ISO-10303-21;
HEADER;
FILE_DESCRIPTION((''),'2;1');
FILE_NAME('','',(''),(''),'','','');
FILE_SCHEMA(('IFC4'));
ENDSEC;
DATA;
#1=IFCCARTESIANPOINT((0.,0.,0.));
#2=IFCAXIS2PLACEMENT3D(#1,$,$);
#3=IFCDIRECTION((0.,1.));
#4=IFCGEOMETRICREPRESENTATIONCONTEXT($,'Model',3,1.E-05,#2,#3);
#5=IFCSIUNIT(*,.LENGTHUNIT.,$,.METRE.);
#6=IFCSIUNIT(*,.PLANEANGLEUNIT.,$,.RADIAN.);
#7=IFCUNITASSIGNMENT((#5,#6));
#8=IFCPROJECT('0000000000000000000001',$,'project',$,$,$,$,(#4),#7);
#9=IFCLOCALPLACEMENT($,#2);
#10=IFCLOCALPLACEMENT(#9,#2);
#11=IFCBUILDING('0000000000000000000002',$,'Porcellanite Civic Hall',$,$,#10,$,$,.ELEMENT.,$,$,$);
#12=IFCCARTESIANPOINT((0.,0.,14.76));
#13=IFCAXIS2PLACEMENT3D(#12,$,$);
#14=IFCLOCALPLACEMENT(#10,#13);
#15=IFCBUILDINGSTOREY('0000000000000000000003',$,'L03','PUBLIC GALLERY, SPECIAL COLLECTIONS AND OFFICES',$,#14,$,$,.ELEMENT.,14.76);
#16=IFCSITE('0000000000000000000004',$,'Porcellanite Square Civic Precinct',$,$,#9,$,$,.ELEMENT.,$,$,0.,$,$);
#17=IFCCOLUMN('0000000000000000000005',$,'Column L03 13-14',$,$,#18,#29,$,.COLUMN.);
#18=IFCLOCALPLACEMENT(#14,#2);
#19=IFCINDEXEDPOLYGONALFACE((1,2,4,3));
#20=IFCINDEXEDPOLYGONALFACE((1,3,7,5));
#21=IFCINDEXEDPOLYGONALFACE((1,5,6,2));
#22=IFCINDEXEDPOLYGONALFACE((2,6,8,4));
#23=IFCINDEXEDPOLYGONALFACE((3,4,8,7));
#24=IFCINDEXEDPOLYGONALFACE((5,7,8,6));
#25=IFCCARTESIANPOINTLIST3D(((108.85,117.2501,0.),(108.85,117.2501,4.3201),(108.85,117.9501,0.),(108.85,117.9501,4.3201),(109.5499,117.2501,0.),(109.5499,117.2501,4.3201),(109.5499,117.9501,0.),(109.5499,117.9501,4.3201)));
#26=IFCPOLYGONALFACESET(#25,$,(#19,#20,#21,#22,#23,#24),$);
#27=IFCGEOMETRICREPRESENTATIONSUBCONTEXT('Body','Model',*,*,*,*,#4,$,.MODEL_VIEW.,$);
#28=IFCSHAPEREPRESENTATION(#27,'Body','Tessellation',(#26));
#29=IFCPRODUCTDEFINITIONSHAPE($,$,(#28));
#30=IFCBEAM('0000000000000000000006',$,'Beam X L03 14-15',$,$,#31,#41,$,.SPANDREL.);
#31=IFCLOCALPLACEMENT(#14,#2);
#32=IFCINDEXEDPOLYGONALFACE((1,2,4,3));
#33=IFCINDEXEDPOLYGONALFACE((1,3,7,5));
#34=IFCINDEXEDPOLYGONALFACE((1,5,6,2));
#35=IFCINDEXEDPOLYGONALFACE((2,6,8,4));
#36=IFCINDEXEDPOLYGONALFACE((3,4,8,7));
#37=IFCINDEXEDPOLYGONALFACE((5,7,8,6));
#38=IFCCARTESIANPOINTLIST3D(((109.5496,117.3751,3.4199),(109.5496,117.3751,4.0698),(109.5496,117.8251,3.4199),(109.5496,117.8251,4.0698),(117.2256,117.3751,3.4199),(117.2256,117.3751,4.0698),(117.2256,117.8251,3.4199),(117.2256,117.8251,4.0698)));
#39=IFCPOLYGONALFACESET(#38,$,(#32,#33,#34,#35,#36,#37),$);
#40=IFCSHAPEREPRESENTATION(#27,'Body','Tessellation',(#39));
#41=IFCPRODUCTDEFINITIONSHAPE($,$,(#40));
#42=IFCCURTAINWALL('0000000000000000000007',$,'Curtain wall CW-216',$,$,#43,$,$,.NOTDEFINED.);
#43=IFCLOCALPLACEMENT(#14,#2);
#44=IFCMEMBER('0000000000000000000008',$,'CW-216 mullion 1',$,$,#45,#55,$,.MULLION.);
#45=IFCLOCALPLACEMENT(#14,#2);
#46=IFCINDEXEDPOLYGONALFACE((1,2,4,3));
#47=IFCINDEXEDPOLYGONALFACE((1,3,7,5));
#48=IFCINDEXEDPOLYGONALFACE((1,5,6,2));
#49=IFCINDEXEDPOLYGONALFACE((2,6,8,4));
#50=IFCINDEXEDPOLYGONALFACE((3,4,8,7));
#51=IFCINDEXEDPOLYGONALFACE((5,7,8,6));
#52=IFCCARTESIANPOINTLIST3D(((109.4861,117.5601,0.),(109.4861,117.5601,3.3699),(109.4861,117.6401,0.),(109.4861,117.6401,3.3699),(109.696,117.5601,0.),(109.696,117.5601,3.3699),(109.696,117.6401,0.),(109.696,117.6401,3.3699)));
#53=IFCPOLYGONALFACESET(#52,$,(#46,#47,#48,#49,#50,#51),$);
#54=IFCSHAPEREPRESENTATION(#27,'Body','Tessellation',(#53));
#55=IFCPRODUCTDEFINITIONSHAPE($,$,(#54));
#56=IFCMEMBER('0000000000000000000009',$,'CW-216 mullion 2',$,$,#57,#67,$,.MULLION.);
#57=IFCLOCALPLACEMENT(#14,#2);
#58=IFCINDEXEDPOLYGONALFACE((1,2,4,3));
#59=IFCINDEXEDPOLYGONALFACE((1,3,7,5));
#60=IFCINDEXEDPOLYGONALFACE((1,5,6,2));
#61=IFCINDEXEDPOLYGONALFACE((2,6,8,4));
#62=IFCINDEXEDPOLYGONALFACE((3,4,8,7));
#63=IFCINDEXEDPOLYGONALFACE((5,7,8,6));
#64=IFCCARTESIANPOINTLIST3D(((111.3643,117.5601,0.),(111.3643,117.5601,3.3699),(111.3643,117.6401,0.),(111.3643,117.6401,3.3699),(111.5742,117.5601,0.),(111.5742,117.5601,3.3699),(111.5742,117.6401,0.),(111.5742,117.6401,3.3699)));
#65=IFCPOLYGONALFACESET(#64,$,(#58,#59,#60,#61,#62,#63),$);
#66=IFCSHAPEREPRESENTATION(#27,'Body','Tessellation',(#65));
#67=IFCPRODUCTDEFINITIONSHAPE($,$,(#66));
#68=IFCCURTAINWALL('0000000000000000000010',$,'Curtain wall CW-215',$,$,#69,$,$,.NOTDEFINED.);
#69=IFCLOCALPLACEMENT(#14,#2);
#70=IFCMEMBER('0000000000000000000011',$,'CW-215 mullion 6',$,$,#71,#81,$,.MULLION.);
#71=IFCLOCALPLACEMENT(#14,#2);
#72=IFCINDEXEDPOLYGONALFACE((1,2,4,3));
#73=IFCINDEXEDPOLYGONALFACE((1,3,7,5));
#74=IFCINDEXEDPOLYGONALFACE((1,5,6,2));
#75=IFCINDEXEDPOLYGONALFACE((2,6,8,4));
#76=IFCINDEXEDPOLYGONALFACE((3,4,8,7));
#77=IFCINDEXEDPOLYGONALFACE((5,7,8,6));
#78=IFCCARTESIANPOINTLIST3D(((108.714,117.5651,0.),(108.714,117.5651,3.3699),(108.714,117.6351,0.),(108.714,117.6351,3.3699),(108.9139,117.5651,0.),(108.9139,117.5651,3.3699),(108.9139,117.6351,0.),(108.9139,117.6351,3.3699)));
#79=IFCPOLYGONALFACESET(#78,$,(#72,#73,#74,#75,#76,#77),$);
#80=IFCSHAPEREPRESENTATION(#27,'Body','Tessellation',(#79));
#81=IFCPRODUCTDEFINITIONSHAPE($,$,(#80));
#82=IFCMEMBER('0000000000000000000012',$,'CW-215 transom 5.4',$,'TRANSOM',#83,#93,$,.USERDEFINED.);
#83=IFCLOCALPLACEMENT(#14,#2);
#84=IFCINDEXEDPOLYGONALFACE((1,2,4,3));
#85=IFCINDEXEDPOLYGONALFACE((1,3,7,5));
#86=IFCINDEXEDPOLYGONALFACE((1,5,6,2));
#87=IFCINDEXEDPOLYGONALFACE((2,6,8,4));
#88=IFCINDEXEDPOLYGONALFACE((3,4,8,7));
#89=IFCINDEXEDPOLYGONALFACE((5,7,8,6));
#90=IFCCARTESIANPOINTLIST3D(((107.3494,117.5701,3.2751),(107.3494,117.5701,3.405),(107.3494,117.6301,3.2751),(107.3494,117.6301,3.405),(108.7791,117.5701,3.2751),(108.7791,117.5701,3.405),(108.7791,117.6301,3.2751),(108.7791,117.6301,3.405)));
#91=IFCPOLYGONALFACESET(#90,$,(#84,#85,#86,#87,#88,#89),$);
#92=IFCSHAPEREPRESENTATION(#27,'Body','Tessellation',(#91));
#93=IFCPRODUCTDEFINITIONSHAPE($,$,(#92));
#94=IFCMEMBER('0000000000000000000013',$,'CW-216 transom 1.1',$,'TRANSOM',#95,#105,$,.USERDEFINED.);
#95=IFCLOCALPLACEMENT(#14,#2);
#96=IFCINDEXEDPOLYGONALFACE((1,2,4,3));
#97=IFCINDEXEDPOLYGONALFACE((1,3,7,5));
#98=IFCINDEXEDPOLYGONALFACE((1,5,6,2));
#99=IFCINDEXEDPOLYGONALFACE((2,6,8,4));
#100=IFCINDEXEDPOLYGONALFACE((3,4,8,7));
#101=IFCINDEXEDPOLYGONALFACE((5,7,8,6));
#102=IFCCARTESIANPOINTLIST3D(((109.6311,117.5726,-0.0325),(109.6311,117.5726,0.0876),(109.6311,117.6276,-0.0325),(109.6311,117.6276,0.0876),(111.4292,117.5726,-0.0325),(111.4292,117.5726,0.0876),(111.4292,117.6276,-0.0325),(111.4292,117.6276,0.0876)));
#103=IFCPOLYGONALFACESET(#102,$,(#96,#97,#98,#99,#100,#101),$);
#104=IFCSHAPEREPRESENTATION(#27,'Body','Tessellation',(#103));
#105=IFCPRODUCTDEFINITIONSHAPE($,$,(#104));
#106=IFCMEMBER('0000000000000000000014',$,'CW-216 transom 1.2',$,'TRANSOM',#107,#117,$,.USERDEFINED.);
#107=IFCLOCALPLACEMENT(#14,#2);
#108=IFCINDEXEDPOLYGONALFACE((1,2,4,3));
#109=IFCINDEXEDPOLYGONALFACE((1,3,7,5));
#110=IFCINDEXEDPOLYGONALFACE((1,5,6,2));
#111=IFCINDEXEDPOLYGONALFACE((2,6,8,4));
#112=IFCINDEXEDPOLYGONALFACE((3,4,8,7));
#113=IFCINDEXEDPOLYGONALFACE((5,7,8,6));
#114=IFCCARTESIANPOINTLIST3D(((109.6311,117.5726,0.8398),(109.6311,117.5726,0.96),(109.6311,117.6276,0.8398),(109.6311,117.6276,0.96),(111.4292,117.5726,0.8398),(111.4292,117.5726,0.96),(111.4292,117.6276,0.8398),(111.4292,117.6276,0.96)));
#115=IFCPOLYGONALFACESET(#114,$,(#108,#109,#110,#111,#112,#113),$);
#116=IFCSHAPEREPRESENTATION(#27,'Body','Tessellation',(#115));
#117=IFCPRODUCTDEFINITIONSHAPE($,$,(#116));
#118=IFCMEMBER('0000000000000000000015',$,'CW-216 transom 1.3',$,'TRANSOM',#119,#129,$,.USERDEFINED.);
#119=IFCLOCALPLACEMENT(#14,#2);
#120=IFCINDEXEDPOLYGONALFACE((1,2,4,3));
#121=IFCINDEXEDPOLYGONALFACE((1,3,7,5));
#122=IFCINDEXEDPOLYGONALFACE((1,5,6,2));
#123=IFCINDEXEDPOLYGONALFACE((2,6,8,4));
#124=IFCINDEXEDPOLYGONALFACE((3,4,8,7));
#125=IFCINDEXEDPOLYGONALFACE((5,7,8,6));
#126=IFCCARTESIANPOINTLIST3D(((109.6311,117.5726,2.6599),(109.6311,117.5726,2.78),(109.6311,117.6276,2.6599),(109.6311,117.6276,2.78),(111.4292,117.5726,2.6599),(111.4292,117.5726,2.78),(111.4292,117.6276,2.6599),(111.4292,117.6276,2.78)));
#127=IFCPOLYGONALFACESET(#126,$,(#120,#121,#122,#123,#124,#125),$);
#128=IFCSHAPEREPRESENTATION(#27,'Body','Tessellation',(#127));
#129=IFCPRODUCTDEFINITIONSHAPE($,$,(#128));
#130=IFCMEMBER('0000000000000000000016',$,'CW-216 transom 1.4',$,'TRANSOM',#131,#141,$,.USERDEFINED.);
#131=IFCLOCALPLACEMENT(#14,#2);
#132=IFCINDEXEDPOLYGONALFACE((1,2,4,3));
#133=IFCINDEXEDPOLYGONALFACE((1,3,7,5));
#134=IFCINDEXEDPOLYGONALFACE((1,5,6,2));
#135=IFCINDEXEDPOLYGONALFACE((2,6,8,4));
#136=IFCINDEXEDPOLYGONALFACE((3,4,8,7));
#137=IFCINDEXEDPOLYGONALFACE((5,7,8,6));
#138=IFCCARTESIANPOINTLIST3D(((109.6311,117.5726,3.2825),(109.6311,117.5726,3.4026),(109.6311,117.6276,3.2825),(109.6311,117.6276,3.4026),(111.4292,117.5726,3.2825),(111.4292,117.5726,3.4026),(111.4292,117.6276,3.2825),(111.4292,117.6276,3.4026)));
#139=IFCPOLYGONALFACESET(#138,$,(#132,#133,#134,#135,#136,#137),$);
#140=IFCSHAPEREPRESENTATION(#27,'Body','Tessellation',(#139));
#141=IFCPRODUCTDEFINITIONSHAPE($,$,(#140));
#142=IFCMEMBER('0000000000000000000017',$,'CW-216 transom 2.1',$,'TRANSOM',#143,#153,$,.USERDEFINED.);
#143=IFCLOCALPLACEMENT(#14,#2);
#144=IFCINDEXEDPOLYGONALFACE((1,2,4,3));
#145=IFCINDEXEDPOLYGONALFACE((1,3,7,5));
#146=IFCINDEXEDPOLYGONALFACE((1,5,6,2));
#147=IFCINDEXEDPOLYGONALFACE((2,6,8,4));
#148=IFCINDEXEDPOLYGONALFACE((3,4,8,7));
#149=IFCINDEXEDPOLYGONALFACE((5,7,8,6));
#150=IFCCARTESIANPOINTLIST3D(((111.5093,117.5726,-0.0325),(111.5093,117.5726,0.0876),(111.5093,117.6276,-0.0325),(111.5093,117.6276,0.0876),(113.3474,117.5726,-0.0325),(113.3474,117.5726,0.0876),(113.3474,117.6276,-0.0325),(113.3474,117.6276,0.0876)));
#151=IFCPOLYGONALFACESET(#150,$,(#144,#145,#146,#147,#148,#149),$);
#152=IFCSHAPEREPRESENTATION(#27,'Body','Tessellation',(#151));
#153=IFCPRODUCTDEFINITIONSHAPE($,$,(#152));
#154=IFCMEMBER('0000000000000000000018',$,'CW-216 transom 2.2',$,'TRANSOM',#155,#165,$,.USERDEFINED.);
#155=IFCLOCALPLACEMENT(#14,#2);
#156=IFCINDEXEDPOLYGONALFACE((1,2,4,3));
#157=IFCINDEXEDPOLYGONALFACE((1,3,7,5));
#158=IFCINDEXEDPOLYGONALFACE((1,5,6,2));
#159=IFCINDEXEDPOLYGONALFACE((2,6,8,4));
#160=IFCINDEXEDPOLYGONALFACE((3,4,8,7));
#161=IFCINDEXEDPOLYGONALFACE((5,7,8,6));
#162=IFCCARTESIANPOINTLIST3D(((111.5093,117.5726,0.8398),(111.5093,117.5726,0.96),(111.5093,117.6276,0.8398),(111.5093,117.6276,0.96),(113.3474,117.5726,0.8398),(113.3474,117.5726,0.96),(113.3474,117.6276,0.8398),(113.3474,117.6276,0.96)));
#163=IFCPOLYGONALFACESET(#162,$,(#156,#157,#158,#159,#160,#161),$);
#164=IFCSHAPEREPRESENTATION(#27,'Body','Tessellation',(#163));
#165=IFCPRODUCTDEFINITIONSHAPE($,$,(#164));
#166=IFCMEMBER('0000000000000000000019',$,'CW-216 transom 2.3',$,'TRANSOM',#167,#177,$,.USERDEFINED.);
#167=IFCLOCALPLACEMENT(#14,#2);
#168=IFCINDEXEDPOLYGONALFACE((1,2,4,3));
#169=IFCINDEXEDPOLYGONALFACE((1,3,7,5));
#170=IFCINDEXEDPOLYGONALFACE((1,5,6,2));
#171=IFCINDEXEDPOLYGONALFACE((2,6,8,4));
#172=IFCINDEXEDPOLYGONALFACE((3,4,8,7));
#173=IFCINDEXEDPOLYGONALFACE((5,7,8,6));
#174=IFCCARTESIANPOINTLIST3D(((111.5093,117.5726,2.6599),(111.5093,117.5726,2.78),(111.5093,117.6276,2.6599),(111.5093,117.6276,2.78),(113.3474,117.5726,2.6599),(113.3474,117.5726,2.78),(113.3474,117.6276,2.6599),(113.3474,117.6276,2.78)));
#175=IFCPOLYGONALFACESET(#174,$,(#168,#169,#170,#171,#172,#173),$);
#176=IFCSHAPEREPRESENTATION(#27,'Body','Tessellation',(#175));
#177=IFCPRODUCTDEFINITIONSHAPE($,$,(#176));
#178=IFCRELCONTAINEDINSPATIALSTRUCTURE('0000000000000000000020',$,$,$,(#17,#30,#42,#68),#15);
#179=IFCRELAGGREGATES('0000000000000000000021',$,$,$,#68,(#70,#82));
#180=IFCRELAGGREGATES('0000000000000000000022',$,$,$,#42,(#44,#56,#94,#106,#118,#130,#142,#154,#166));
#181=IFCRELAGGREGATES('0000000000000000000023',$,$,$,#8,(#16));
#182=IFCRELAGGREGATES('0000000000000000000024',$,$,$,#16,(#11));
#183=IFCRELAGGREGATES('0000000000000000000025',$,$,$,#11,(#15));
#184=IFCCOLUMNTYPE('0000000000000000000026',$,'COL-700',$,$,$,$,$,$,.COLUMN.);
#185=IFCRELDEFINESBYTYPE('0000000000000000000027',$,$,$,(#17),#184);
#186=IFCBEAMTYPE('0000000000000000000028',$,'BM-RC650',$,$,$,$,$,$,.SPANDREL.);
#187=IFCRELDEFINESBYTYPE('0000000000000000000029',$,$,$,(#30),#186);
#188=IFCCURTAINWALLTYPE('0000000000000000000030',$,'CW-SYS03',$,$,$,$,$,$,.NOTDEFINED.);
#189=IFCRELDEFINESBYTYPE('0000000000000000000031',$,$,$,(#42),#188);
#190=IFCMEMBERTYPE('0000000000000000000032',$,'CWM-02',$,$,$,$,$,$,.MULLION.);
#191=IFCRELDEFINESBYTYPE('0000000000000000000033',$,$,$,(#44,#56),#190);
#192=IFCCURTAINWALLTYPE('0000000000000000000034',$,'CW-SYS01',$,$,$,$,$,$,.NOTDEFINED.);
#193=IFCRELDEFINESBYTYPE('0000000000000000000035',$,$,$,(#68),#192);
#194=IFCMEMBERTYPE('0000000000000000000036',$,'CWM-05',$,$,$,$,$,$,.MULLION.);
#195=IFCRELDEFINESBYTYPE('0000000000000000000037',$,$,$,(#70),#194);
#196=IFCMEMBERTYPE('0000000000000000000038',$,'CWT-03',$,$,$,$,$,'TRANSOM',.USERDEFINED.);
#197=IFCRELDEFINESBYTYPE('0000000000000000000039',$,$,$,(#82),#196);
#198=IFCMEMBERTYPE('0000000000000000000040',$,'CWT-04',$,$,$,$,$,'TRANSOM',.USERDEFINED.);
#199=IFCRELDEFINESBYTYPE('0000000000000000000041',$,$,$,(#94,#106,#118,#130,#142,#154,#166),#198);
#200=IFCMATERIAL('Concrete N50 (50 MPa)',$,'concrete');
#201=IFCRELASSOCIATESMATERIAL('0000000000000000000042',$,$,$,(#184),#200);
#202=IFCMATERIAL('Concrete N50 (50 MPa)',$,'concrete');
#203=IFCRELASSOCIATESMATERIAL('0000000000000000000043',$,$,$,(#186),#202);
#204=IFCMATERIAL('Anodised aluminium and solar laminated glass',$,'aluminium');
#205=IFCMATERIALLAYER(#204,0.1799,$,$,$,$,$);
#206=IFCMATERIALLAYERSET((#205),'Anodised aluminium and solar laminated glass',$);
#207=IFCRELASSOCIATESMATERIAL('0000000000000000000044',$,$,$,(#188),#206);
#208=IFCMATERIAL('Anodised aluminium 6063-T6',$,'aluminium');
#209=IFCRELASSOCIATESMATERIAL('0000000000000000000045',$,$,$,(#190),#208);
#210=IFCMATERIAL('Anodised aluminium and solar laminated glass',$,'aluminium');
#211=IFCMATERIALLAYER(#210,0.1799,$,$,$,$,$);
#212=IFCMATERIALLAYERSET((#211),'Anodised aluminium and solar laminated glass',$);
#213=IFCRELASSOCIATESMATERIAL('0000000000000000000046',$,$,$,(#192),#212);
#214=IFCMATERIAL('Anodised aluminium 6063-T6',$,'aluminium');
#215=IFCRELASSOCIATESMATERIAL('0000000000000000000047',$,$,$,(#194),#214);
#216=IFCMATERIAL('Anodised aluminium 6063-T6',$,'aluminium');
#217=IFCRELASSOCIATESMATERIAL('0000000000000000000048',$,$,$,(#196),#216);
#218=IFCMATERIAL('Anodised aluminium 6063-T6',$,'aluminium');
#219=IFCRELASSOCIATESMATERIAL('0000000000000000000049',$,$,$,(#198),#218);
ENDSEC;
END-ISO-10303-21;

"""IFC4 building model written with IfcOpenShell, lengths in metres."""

from ifc_helpers import new_model, si_unit, direction, frame, origin, origin_2d, place, context, subcontext, project, spatial, rectangle, extrude, material, layer, layer_set, material_profile, profile_set, type_object, element, aggregate, save


model = new_model("IFC4")

# Units and contexts
model_context = context("Model", 3, precision=1e-05, world=origin(), true_north=direction((0.0, 1.0)))
body_context = subcontext(model_context, "Body", "Model", "MODEL_VIEW")
ifc_project = project(units=[si_unit("LENGTHUNIT", "METRE"), si_unit("PLANEANGLEUNIT", "RADIAN")], contexts=[model_context])

# Site, building, storey
site_placement = place(None, origin())
site = spatial("IfcSite", under=ifc_project, at=site_placement, Name="Porcellanite Square Civic Precinct", CompositionType="ELEMENT", RefElevation=0.0)
building_placement = place(site_placement, origin())
building = spatial("IfcBuilding", under=site, at=building_placement, Name="Porcellanite Civic Hall", CompositionType="ELEMENT")
storey_placement = place(building_placement, frame((0.0, 0.0, 14.76)))
storey = spatial("IfcBuildingStorey", under=building, at=storey_placement, Name="L03", Description="PUBLIC GALLERY, SPECIAL COLLECTIONS AND OFFICES", CompositionType="ELEMENT", Elevation=14.76)

# Column
ifc_material_1 = material(Name="Concrete N50 (50 MPa)", Category="concrete")
ifc_material_profile_1 = material_profile(ifc_material_1, rectangle(XDim=0.7, YDim=0.7, at=origin_2d()), Name="RC-700x700")
ifc_profile_set_1 = profile_set([ifc_material_profile_1], Name="Concrete N50 (50 MPa)")
column_type = type_object("IfcColumnType", Name="COL-700", PredefinedType="COLUMN", material=ifc_profile_set_1)
column_placement = place(storey_placement, frame((109.2, 117.6001, 0.0), z_axis=(0.0, 0.0, 1.0), x_axis=(1.0, 0.0, 0.0)))
element("IfcColumn", 1, at=column_placement, inside=storey, type_object=column_type, Name="Column L03 13-14", PredefinedType="COLUMN", context=body_context, shape_type="SweptSolid", body=[
    extrude(rectangle(XDim=0.7, YDim=0.7, at=origin_2d()), origin(), (0.0, 0.0, 1.0), 4.3201),
])

# Beam
ifc_material_2 = material(Name="Concrete N50 (50 MPa)", Category="concrete")
ifc_material_profile_2 = material_profile(ifc_material_2, rectangle(XDim=0.45, YDim=0.6499, at=origin_2d()), Name="RC-450x650")
ifc_profile_set_2 = profile_set([ifc_material_profile_2], Name="Concrete N50 (50 MPa)")
beam_type = type_object("IfcBeamType", Name="BM-RC650", PredefinedType="SPANDREL", material=ifc_profile_set_2)
beam_placement = place(storey_placement, frame((109.5496, 117.6001, 3.7449), z_axis=(1.0, 0.0, 0.0), x_axis=(0.0, 1.0, 0.0)))
element("IfcBeam", 2, at=beam_placement, inside=storey, type_object=beam_type, Name="Beam X L03 14-15", PredefinedType="SPANDREL", context=body_context, shape_type="SweptSolid", body=[
    extrude(rectangle(XDim=0.45, YDim=0.6499, at=origin_2d()), origin(), (0.0, 0.0, 1.0), 7.676),
])

# Curtain walls, members
ifc_material_3 = material(Name="Anodised aluminium and solar laminated glass", Category="aluminium")
ifc_layer_1 = layer(ifc_material_3, 0.1799)
ifc_layer_set_1 = layer_set([ifc_layer_1], Name="Anodised aluminium and solar laminated glass")
curtain_wall_type_1 = type_object("IfcCurtainWallType", Name="CW-SYS03", PredefinedType="NOTDEFINED", material=ifc_layer_set_1)
curtain_wall_1_placement = place(storey_placement, origin())
curtain_wall_1 = element("IfcCurtainWall", 3, at=curtain_wall_1_placement, inside=storey, type_object=curtain_wall_type_1, Name="Curtain wall CW-216", PredefinedType="NOTDEFINED")
ifc_material_4 = material(Name="Anodised aluminium 6063-T6", Category="aluminium")
ifc_material_profile_3 = material_profile(ifc_material_4, rectangle(XDim=0.0801, YDim=0.21, at=origin_2d()), Name="AL-80x210")
ifc_profile_set_3 = profile_set([ifc_material_profile_3], Name="Anodised aluminium 6063-T6")
member_type_1 = type_object("IfcMemberType", Name="CWM-02", PredefinedType="MULLION", material=ifc_profile_set_3)
member_1_placement = place(storey_placement, frame((109.5911, 117.6001, 0.0), z_axis=(0.0, 0.0, 1.0), x_axis=(0.0, 1.0, 0.0)))
member_1 = element("IfcMember", 4, at=member_1_placement, type_object=member_type_1, Name="CW-216 mullion 1", PredefinedType="MULLION", context=body_context, shape_type="SweptSolid", body=[
    extrude(rectangle(XDim=0.0801, YDim=0.21, at=origin_2d()), origin(), (0.0, 0.0, 1.0), 3.3699),
])
member_2_placement = place(storey_placement, frame((111.4692, 117.6001, 0.0), z_axis=(0.0, 0.0, 1.0), x_axis=(0.0, 1.0, 0.0)))
member_2 = element("IfcMember", 5, at=member_2_placement, type_object=member_type_1, Name="CW-216 mullion 2", PredefinedType="MULLION", context=body_context, shape_type="SweptSolid", body=[
    extrude(rectangle(XDim=0.0801, YDim=0.21, at=origin_2d()), origin(), (0.0, 0.0, 1.0), 3.3699),
])
ifc_material_5 = material(Name="Anodised aluminium and solar laminated glass", Category="aluminium")
ifc_layer_2 = layer(ifc_material_5, 0.1799)
ifc_layer_set_2 = layer_set([ifc_layer_2], Name="Anodised aluminium and solar laminated glass")
curtain_wall_type_2 = type_object("IfcCurtainWallType", Name="CW-SYS01", PredefinedType="NOTDEFINED", material=ifc_layer_set_2)
curtain_wall_2_placement = place(storey_placement, origin())
curtain_wall_2 = element("IfcCurtainWall", 6, at=curtain_wall_2_placement, inside=storey, type_object=curtain_wall_type_2, Name="Curtain wall CW-215", PredefinedType="NOTDEFINED")
ifc_material_6 = material(Name="Anodised aluminium 6063-T6", Category="aluminium")
ifc_material_profile_4 = material_profile(ifc_material_6, rectangle(XDim=0.0701, YDim=0.2, at=origin_2d()), Name="AL-70x200")
ifc_profile_set_4 = profile_set([ifc_material_profile_4], Name="Anodised aluminium 6063-T6")
member_type_2 = type_object("IfcMemberType", Name="CWM-05", PredefinedType="MULLION", material=ifc_profile_set_4)
member_3_placement = place(storey_placement, frame((108.814, 117.6001, 0.0), z_axis=(0.0, 0.0, 1.0), x_axis=(0.0, 1.0, 0.0)))
member_3 = element("IfcMember", 7, at=member_3_placement, type_object=member_type_2, Name="CW-215 mullion 6", PredefinedType="MULLION", context=body_context, shape_type="SweptSolid", body=[
    extrude(rectangle(XDim=0.0701, YDim=0.2, at=origin_2d()), origin(), (0.0, 0.0, 1.0), 3.3699),
])
ifc_material_7 = material(Name="Anodised aluminium 6063-T6", Category="aluminium")
ifc_material_profile_5 = material_profile(ifc_material_7, rectangle(XDim=0.0601, YDim=0.1299, at=origin_2d()), Name="AL-60x130")
ifc_profile_set_5 = profile_set([ifc_material_profile_5], Name="Anodised aluminium 6063-T6")
member_type_3 = type_object("IfcMemberType", Name="CWT-03", ElementType="TRANSOM", PredefinedType="USERDEFINED", material=ifc_profile_set_5)
member_4_placement = place(storey_placement, frame((107.3494, 117.6001, 3.3401), z_axis=(1.0, 0.0, 0.0), x_axis=(0.0, 1.0, 0.0)))
member_4 = element("IfcMember", 8, at=member_4_placement, type_object=member_type_3, Name="CW-215 transom 5.4", ObjectType="TRANSOM", PredefinedType="USERDEFINED", context=body_context, shape_type="SweptSolid", body=[
    extrude(rectangle(XDim=0.0601, YDim=0.1299, at=origin_2d()), origin(), (0.0, 0.0, 1.0), 1.4297),
])

# Members
ifc_material_8 = material(Name="Anodised aluminium 6063-T6", Category="aluminium")
ifc_material_profile_6 = material_profile(ifc_material_8, rectangle(XDim=0.0549, YDim=0.1201, at=origin_2d()), Name="AL-55x120")
ifc_profile_set_6 = profile_set([ifc_material_profile_6], Name="Anodised aluminium 6063-T6")
member_type_4 = type_object("IfcMemberType", Name="CWT-04", ElementType="TRANSOM", PredefinedType="USERDEFINED", material=ifc_profile_set_6)
member_5_placement = place(storey_placement, frame((109.6311, 117.6001, 0.0276), z_axis=(1.0, 0.0, 0.0), x_axis=(0.0, 1.0, 0.0)))
member_5 = element("IfcMember", 9, at=member_5_placement, type_object=member_type_4, Name="CW-216 transom 1.1", ObjectType="TRANSOM", PredefinedType="USERDEFINED", context=body_context, shape_type="SweptSolid", body=[
    extrude(rectangle(XDim=0.0549, YDim=0.1201, at=origin_2d()), origin(), (0.0, 0.0, 1.0), 1.7981),
])
member_6_placement = place(storey_placement, frame((109.6311, 117.6001, 0.8999), z_axis=(1.0, 0.0, 0.0), x_axis=(0.0, 1.0, 0.0)))
member_6 = element("IfcMember", 10, at=member_6_placement, type_object=member_type_4, Name="CW-216 transom 1.2", ObjectType="TRANSOM", PredefinedType="USERDEFINED", context=body_context, shape_type="SweptSolid", body=[
    extrude(rectangle(XDim=0.0549, YDim=0.1201, at=origin_2d()), origin(), (0.0, 0.0, 1.0), 1.7981),
])
member_7_placement = place(storey_placement, frame((109.6311, 117.6001, 2.72), z_axis=(1.0, 0.0, 0.0), x_axis=(0.0, 1.0, 0.0)))
member_7 = element("IfcMember", 11, at=member_7_placement, type_object=member_type_4, Name="CW-216 transom 1.3", ObjectType="TRANSOM", PredefinedType="USERDEFINED", context=body_context, shape_type="SweptSolid", body=[
    extrude(rectangle(XDim=0.0549, YDim=0.1201, at=origin_2d()), origin(), (0.0, 0.0, 1.0), 1.7981),
])
member_8_placement = place(storey_placement, frame((109.6311, 117.6001, 3.3425), z_axis=(1.0, 0.0, 0.0), x_axis=(0.0, 1.0, 0.0)))
member_8 = element("IfcMember", 12, at=member_8_placement, type_object=member_type_4, Name="CW-216 transom 1.4", ObjectType="TRANSOM", PredefinedType="USERDEFINED", context=body_context, shape_type="SweptSolid", body=[
    extrude(rectangle(XDim=0.0549, YDim=0.1201, at=origin_2d()), origin(), (0.0, 0.0, 1.0), 1.7981),
])
member_9_placement = place(storey_placement, frame((111.5093, 117.6001, 0.0276), z_axis=(1.0, 0.0, 0.0), x_axis=(0.0, 1.0, 0.0)))
member_9 = element("IfcMember", 13, at=member_9_placement, type_object=member_type_4, Name="CW-216 transom 2.1", ObjectType="TRANSOM", PredefinedType="USERDEFINED", context=body_context, shape_type="SweptSolid", body=[
    extrude(rectangle(XDim=0.0549, YDim=0.1201, at=origin_2d()), origin(), (0.0, 0.0, 1.0), 1.8381),
])
member_10_placement = place(storey_placement, frame((111.5093, 117.6001, 0.8999), z_axis=(1.0, 0.0, 0.0), x_axis=(0.0, 1.0, 0.0)))
member_10 = element("IfcMember", 14, at=member_10_placement, type_object=member_type_4, Name="CW-216 transom 2.2", ObjectType="TRANSOM", PredefinedType="USERDEFINED", context=body_context, shape_type="SweptSolid", body=[
    extrude(rectangle(XDim=0.0549, YDim=0.1201, at=origin_2d()), origin(), (0.0, 0.0, 1.0), 1.8381),
])
member_11_placement = place(storey_placement, frame((111.5093, 117.6001, 2.72), z_axis=(1.0, 0.0, 0.0), x_axis=(0.0, 1.0, 0.0)))
member_11 = element("IfcMember", 15, at=member_11_placement, type_object=member_type_4, Name="CW-216 transom 2.3", ObjectType="TRANSOM", PredefinedType="USERDEFINED", context=body_context, shape_type="SweptSolid", body=[
    extrude(rectangle(XDim=0.0549, YDim=0.1201, at=origin_2d()), origin(), (0.0, 0.0, 1.0), 1.8381),
])

aggregate(curtain_wall_2, [member_3, member_4])
aggregate(curtain_wall_1, [member_1, member_2, member_5, member_6, member_7, member_8, member_9, member_10, member_11])

save(model, "model.ifc")
